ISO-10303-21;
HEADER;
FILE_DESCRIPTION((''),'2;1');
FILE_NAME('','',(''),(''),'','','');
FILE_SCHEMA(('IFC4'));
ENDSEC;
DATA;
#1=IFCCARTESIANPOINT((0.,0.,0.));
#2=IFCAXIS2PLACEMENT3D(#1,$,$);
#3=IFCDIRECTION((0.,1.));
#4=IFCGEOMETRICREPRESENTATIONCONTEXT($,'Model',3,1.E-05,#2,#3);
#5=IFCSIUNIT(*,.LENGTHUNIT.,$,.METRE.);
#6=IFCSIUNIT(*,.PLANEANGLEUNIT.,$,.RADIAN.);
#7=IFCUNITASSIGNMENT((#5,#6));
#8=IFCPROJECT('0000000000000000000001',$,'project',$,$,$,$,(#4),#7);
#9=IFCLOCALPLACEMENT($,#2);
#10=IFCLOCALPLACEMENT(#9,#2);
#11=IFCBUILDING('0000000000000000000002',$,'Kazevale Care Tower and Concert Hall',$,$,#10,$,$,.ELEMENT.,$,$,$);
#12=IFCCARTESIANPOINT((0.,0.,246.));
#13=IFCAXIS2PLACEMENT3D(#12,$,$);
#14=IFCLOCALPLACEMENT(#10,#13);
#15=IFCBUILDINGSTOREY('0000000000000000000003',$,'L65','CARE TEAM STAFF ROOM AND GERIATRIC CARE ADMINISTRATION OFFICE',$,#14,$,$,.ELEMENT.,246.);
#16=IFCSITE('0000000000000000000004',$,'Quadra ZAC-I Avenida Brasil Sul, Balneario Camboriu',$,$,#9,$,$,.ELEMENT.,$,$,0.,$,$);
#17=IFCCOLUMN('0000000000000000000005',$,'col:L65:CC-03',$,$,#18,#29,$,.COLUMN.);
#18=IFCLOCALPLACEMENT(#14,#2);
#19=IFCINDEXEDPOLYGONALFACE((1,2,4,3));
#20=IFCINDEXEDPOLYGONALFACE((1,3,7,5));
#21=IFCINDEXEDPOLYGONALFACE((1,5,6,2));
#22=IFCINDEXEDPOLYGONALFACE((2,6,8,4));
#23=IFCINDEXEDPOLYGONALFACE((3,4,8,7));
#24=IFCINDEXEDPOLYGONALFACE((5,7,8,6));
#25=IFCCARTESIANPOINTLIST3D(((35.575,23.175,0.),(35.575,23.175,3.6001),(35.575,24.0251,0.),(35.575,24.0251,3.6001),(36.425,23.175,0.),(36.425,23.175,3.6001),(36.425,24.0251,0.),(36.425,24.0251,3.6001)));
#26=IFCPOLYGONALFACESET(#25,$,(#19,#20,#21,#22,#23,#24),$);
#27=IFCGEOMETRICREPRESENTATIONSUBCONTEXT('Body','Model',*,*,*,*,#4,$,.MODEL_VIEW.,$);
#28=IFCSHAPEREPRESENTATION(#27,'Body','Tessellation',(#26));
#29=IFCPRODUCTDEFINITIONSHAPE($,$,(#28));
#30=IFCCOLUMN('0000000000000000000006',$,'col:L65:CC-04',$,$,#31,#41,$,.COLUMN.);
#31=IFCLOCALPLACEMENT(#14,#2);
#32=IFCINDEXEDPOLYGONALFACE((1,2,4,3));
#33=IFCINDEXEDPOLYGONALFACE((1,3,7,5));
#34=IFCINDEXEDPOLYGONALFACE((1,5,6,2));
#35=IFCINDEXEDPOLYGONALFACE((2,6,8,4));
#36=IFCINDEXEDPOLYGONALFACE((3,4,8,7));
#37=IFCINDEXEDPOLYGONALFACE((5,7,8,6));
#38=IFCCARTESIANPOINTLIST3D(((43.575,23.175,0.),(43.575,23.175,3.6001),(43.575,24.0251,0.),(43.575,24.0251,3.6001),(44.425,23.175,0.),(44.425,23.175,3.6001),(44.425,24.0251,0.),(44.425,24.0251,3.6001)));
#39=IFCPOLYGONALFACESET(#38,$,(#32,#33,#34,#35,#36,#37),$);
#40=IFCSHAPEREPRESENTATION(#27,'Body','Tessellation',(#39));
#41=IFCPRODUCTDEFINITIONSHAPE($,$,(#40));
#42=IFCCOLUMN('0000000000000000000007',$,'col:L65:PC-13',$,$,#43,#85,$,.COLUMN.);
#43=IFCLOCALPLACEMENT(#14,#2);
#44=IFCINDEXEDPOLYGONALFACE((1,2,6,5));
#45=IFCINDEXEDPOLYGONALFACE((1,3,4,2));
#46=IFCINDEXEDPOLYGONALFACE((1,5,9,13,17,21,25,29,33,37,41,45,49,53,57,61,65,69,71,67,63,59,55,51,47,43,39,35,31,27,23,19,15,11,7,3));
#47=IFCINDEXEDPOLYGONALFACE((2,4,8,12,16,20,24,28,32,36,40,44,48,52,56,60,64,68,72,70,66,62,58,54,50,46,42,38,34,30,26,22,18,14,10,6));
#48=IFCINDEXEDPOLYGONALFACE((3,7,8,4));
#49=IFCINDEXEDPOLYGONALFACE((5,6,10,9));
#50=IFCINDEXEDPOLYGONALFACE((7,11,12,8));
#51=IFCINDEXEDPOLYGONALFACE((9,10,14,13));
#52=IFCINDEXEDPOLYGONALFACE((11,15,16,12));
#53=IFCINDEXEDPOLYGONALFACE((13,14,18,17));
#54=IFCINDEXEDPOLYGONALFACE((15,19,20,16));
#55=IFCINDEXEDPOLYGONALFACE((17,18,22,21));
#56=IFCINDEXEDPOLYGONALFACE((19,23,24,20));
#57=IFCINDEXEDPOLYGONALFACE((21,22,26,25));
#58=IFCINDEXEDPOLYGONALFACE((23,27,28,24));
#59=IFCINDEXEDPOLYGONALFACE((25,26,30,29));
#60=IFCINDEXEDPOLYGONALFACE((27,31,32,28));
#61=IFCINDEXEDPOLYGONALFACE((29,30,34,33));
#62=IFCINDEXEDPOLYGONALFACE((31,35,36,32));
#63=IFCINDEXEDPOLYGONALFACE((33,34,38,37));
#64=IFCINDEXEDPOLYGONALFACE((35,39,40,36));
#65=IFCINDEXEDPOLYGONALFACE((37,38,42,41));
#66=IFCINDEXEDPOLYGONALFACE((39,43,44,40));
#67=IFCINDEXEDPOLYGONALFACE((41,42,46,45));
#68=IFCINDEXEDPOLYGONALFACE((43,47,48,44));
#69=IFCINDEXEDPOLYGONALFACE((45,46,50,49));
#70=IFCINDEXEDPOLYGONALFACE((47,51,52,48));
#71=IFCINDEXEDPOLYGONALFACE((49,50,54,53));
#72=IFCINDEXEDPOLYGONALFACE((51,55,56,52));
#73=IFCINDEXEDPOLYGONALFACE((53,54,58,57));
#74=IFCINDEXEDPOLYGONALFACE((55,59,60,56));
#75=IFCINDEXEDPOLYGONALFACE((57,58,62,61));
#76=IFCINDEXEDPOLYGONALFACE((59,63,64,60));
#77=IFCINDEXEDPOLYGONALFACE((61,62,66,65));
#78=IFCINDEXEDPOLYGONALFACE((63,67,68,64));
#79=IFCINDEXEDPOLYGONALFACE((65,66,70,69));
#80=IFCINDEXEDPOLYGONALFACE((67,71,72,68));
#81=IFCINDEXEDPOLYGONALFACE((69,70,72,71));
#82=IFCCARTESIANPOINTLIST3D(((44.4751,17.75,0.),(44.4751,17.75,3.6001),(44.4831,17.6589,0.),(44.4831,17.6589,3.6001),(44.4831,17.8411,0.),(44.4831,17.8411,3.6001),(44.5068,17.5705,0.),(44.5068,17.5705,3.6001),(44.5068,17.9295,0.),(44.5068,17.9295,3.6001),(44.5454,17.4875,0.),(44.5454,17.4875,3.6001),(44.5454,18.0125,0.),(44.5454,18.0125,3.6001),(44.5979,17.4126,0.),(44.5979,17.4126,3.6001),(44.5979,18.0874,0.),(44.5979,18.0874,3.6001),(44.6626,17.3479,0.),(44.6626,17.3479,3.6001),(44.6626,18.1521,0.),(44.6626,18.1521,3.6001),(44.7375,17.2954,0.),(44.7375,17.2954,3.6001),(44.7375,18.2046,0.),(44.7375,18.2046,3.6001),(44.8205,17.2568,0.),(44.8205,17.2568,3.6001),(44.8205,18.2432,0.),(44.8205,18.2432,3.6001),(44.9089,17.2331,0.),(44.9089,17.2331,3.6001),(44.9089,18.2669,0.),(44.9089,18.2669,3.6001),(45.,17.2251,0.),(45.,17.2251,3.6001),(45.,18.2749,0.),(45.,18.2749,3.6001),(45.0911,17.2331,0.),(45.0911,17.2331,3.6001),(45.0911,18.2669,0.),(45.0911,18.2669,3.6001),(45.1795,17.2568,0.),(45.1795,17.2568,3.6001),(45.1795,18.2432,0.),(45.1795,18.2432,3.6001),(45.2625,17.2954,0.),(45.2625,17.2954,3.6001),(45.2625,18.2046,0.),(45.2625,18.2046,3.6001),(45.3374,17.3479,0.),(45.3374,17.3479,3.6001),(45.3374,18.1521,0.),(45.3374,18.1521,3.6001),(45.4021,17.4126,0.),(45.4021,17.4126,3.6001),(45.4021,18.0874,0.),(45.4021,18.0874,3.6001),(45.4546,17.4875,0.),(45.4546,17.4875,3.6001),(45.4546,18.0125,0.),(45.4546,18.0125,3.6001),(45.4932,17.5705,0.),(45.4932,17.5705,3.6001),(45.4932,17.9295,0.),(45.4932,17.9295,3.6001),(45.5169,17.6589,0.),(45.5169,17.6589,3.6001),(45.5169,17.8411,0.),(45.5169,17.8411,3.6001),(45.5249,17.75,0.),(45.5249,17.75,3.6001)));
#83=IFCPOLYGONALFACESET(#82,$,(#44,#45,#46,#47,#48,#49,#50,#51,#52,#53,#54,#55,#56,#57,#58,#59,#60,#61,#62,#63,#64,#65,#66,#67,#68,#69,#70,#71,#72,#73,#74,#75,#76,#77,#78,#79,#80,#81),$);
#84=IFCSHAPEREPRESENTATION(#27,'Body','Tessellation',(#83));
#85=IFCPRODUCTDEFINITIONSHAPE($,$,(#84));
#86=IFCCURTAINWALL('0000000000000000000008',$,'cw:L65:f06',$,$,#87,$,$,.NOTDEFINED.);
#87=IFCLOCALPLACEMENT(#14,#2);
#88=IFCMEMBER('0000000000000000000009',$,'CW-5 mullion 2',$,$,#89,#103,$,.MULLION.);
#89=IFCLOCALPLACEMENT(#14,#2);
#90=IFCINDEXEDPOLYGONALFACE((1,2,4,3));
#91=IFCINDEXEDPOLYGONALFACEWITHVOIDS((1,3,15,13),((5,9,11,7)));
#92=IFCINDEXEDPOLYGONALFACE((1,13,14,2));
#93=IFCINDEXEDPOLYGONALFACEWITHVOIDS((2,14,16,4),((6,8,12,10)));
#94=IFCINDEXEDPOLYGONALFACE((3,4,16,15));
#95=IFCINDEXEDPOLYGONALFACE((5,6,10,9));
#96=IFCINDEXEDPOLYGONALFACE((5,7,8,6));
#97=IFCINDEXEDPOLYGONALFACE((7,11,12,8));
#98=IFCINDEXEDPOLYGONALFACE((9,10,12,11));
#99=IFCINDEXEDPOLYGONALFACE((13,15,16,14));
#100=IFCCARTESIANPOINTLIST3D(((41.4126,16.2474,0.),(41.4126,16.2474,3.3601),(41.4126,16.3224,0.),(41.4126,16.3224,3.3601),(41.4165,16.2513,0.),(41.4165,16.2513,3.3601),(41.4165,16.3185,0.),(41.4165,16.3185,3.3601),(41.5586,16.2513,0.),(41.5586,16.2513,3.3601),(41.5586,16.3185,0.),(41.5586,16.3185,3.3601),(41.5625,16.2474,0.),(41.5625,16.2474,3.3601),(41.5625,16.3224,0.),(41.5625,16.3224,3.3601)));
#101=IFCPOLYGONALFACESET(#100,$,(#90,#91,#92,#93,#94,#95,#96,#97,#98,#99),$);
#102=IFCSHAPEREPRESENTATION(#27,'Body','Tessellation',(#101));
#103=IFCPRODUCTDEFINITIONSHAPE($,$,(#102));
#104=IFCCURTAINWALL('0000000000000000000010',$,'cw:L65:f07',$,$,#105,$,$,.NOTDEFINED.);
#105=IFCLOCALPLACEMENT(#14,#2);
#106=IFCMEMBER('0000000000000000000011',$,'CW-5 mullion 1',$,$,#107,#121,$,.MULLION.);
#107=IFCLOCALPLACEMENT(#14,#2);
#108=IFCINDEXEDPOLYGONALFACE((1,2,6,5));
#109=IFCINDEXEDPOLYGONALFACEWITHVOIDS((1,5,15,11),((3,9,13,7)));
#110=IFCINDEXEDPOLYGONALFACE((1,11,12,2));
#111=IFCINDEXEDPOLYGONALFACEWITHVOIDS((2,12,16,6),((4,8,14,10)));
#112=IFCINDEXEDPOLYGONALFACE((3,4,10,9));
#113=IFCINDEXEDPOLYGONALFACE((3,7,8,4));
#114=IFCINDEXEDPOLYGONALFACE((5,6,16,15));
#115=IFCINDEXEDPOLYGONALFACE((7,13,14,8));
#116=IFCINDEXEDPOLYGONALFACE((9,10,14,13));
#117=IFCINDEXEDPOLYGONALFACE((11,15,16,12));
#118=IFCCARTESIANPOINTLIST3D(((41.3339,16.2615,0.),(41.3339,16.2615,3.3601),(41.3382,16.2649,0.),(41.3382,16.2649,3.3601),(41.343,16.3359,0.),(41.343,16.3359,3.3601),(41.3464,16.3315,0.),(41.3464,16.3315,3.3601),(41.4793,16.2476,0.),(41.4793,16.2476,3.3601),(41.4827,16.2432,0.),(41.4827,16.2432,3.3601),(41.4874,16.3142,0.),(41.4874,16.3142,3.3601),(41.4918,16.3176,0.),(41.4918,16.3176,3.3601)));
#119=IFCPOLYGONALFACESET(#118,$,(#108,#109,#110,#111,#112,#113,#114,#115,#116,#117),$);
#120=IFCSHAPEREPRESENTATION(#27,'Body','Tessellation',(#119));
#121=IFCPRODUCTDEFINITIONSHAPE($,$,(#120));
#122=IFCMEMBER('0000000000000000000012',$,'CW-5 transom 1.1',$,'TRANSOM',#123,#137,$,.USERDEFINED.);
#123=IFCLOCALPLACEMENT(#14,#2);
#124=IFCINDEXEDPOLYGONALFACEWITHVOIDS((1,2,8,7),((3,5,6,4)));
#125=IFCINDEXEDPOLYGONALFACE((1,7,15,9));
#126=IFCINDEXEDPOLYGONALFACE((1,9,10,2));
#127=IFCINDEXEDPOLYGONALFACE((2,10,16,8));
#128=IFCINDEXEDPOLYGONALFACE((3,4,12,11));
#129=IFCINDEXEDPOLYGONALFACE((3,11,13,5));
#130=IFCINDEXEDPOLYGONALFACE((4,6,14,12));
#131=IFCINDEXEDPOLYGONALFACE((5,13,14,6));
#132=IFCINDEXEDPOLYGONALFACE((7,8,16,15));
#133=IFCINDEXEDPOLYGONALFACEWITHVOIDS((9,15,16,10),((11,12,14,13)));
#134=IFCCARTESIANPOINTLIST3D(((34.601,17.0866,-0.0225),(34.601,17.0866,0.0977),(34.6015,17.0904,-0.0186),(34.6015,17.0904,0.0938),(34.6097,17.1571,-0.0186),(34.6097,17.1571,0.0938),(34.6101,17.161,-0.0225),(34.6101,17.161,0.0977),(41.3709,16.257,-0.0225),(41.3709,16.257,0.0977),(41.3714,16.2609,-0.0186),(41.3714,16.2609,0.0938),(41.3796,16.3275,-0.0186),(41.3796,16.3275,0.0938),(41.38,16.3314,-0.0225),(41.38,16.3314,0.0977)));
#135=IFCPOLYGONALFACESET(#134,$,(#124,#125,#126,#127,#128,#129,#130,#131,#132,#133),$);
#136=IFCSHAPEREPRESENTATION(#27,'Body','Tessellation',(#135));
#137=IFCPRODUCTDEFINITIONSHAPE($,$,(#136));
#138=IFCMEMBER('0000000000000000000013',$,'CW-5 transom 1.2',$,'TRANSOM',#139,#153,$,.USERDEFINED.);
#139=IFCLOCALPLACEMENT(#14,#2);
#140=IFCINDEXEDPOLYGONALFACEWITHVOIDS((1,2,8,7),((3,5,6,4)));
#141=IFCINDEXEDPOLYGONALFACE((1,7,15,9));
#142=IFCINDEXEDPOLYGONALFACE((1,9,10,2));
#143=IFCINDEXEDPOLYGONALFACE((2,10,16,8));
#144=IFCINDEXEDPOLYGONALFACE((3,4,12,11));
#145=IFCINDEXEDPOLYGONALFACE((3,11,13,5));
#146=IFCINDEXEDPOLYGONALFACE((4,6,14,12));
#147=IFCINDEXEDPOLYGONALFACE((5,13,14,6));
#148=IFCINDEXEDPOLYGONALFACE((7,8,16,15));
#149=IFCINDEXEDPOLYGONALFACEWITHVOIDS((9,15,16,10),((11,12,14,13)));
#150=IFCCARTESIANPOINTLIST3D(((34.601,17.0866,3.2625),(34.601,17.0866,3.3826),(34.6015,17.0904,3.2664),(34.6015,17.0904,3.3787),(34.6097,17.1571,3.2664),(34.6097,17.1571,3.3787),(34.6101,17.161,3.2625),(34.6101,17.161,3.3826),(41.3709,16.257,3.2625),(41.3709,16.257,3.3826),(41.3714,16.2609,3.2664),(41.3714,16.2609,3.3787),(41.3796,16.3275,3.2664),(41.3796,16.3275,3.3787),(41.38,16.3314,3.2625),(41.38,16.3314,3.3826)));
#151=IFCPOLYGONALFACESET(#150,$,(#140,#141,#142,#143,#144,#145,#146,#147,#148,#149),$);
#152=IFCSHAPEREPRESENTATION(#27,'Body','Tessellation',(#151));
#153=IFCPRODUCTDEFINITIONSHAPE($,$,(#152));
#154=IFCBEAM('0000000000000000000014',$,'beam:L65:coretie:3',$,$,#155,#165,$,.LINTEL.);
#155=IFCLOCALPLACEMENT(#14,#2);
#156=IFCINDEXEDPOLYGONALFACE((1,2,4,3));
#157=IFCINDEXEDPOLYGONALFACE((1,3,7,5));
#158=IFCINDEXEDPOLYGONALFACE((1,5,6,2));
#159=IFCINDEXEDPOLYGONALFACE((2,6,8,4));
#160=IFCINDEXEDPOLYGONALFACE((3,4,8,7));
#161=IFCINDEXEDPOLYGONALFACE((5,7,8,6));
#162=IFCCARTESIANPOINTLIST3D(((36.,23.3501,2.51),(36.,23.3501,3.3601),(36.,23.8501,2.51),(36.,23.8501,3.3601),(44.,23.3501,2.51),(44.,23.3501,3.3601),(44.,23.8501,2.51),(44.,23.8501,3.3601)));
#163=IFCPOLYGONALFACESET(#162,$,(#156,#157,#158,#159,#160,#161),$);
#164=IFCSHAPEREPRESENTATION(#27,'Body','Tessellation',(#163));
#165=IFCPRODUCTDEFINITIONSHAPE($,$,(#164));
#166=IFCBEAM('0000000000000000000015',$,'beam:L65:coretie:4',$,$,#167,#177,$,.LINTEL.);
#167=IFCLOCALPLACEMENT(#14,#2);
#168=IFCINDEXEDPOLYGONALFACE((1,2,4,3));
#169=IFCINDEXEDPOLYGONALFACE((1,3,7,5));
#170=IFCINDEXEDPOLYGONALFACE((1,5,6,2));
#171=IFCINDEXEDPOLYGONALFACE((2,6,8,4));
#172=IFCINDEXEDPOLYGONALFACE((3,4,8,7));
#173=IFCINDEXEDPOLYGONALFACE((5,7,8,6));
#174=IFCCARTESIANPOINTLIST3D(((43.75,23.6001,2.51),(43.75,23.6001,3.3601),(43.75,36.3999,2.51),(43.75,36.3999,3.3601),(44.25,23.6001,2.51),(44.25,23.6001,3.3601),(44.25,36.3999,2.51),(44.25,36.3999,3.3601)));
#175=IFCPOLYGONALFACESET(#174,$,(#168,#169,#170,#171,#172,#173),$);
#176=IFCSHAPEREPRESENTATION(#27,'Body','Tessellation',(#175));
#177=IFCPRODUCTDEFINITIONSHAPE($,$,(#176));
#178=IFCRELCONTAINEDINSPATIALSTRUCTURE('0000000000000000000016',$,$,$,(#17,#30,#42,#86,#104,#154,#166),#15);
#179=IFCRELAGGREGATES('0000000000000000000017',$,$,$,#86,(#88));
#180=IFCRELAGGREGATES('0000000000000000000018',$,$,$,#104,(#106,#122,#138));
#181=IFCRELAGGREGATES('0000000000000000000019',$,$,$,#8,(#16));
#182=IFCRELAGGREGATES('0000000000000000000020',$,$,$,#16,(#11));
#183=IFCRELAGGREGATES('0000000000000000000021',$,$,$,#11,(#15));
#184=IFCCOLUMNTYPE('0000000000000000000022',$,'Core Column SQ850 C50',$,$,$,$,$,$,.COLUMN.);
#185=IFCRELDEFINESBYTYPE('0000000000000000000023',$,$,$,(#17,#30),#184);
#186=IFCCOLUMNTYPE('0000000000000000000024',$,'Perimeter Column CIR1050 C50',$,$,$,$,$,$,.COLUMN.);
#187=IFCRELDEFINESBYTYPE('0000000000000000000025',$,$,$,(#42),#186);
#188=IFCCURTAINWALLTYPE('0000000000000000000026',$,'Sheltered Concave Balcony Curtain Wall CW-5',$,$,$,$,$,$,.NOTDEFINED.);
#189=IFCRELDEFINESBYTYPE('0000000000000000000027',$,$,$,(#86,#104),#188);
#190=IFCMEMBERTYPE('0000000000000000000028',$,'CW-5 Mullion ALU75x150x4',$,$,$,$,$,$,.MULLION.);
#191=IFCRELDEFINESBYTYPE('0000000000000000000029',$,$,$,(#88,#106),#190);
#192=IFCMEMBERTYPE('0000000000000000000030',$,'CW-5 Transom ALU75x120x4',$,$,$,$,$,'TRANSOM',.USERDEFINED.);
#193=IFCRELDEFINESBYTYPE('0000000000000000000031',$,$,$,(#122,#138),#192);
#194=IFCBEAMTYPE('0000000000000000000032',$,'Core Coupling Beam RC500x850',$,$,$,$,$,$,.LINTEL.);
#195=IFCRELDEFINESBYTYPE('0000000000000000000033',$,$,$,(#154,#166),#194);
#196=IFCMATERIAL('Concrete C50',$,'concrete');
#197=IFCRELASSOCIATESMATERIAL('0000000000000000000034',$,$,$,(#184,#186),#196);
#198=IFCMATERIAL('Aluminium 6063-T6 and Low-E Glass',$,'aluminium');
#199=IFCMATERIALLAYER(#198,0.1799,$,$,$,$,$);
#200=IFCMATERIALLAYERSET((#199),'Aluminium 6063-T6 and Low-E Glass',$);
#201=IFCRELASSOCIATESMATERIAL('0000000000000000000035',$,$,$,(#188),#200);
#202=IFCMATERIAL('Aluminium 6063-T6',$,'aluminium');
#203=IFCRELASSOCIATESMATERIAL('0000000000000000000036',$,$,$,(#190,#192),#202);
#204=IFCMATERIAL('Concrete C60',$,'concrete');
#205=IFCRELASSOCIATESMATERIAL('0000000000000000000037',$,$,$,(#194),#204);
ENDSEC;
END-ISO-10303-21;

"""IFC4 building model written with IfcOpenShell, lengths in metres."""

from ifc_helpers import new_model, si_unit, direction, frame, origin, origin_2d, place, context, subcontext, project, spatial, rectangle, hollow_rectangle, circle, extrude, material, layer, layer_set, material_profile, profile_set, type_object, element, aggregate, save


model = new_model("IFC4")

# Units and contexts
model_context = context("Model", 3, precision=1e-05, world=origin(), true_north=direction((0.0, 1.0)))
body_context = subcontext(model_context, "Body", "Model", "MODEL_VIEW")
ifc_project = project(units=[si_unit("LENGTHUNIT", "METRE"), si_unit("PLANEANGLEUNIT", "RADIAN")], contexts=[model_context])

# Site, building, storey
site_placement = place(None, origin())
site = spatial("IfcSite", under=ifc_project, at=site_placement, Name="Quadra ZAC-I Avenida Brasil Sul, Balneario Camboriu", CompositionType="ELEMENT", RefElevation=0.0)
building_placement = place(site_placement, origin())
building = spatial("IfcBuilding", under=site, at=building_placement, Name="Kazevale Care Tower and Concert Hall", CompositionType="ELEMENT")
storey_placement = place(building_placement, frame((0.0, 0.0, 246.0)))
storey = spatial("IfcBuildingStorey", under=building, at=storey_placement, Name="L65", Description="CARE TEAM STAFF ROOM AND GERIATRIC CARE ADMINISTRATION OFFICE", CompositionType="ELEMENT", Elevation=246.0)

# Columns
ifc_material_1 = material(Name="Concrete C50", Category="concrete")
ifc_material_profile_1 = material_profile(ifc_material_1, rectangle(XDim=0.8501, YDim=0.8501, at=origin_2d()), Name="RC-SQ850")
ifc_profile_set_1 = profile_set([ifc_material_profile_1], Name="Concrete C50")
column_type_1 = type_object("IfcColumnType", Name="Core Column SQ850 C50", PredefinedType="COLUMN", material=ifc_profile_set_1)
for number, where, z_axis, x_axis, name in (
    (1, (36.0, 23.6001, 0.0), (0.0, 0.0, 1.0), (1.0, 0.0, 0.0), "col:L65:CC-03"),
    (2, (44.0, 23.6001, 0.0), (0.0, 0.0, 1.0), (1.0, 0.0, 0.0), "col:L65:CC-04"),
):
    element("IfcColumn", number, at=place(storey_placement, frame(where, z_axis=z_axis, x_axis=x_axis)), inside=storey, type_object=column_type_1, Name=name, PredefinedType="COLUMN", context=body_context, shape_type="SweptSolid", body=[
        extrude(rectangle(XDim=0.8501, YDim=0.8501, at=origin_2d()), origin(), (0.0, 0.0, 1.0), 3.6001),
    ])
ifc_material_profile_2 = material_profile(ifc_material_1, circle(Radius=0.5249, at=origin_2d()), Name="RC-CIR1050")
ifc_profile_set_2 = profile_set([ifc_material_profile_2], Name="Concrete C50")
column_type_2 = type_object("IfcColumnType", Name="Perimeter Column CIR1050 C50", PredefinedType="COLUMN", material=ifc_profile_set_2)
column_placement = place(storey_placement, frame((45.0, 17.75, 0.0), z_axis=(0.0, 0.0, 1.0), x_axis=(1.0, 0.0, 0.0)))
element("IfcColumn", 3, at=column_placement, inside=storey, type_object=column_type_2, Name="col:L65:PC-13", PredefinedType="COLUMN", context=body_context, shape_type="SweptSolid", body=[
    extrude(circle(Radius=0.5249, at=origin_2d()), origin(), (0.0, 0.0, 1.0), 3.6001),
])

# Curtain wall, member
ifc_material_2 = material(Name="Aluminium 6063-T6 and Low-E Glass", Category="aluminium")
ifc_layer_1 = layer(ifc_material_2, 0.1799)
ifc_layer_set_1 = layer_set([ifc_layer_1], Name="Aluminium 6063-T6 and Low-E Glass")
curtain_wall_type = type_object("IfcCurtainWallType", Name="Sheltered Concave Balcony Curtain Wall CW-5", PredefinedType="NOTDEFINED", material=ifc_layer_set_1)
curtain_wall_1_placement = place(storey_placement, origin())
curtain_wall_1 = element("IfcCurtainWall", 4, at=curtain_wall_1_placement, inside=storey, type_object=curtain_wall_type, Name="cw:L65:f06", PredefinedType="NOTDEFINED")
ifc_material_3 = material(Name="Aluminium 6063-T6", Category="aluminium")
ifc_material_profile_3 = material_profile(ifc_material_3, hollow_rectangle(XDim=0.075, YDim=0.1499, WallThickness=0.0039, at=origin_2d()), Name="ALU75x150x4")
ifc_profile_set_3 = profile_set([ifc_material_profile_3], Name="Aluminium 6063-T6")
member_type_1 = type_object("IfcMemberType", Name="CW-5 Mullion ALU75x150x4", PredefinedType="MULLION", material=ifc_profile_set_3)
member_1_placement = place(storey_placement, frame((41.4875, 16.2849, 0.0), z_axis=(0.0, 0.0, 1.0), x_axis=(0.0, -1.0, 0.0)))
member_1 = element("IfcMember", 5, at=member_1_placement, type_object=member_type_1, Name="CW-5 mullion 2", PredefinedType="MULLION", context=body_context, shape_type="SweptSolid", body=[
    extrude(hollow_rectangle(XDim=0.075, YDim=0.1499, WallThickness=0.0039, at=origin_2d()), origin(), (0.0, 0.0, 1.0), 3.3601),
])

# Curtain wall, members
curtain_wall_2_placement = place(storey_placement, origin())
curtain_wall_2 = element("IfcCurtainWall", 6, at=curtain_wall_2_placement, inside=storey, type_object=curtain_wall_type, Name="cw:L65:f07", PredefinedType="NOTDEFINED")
member_2_placement = place(storey_placement, frame((41.4128, 16.2896, 0.0), z_axis=(0.0, 0.0, 1.0), x_axis=(-0.121651, -0.992573, 0.0)))
member_2 = element("IfcMember", 7, at=member_2_placement, type_object=member_type_1, Name="CW-5 mullion 1", PredefinedType="MULLION", context=body_context, shape_type="SweptSolid", body=[
    extrude(hollow_rectangle(XDim=0.075, YDim=0.1499, WallThickness=0.0039, at=origin_2d()), origin(), (0.0, 0.0, 1.0), 3.3601),
])
ifc_material_profile_4 = material_profile(ifc_material_3, hollow_rectangle(XDim=0.075, YDim=0.1201, WallThickness=0.0039, at=origin_2d()), Name="ALU75x120x4")
ifc_profile_set_4 = profile_set([ifc_material_profile_4], Name="Aluminium 6063-T6")
member_type_2 = type_object("IfcMemberType", Name="CW-5 Transom ALU75x120x4", ElementType="TRANSOM", PredefinedType="USERDEFINED", material=ifc_profile_set_4)
member_3_placement = place(storey_placement, frame((41.3755, 16.2942, 0.0376), z_axis=(-0.992576, 0.121629, 0.0), x_axis=(-0.121629, -0.992576, 0.0)))
member_3 = element("IfcMember", 8, at=member_3_placement, type_object=member_type_2, Name="CW-5 transom 1.1", ObjectType="TRANSOM", PredefinedType="USERDEFINED", context=body_context, shape_type="SweptSolid", body=[
    extrude(hollow_rectangle(XDim=0.075, YDim=0.1201, WallThickness=0.0039, at=origin_2d()), origin(), (0.0, 0.0, 1.0), 6.8206),
])
member_4_placement = place(storey_placement, frame((41.3755, 16.2942, 3.3225), z_axis=(-0.992576, 0.121629, 0.0), x_axis=(-0.121629, -0.992576, 0.0)))
member_4 = element("IfcMember", 9, at=member_4_placement, type_object=member_type_2, Name="CW-5 transom 1.2", ObjectType="TRANSOM", PredefinedType="USERDEFINED", context=body_context, shape_type="SweptSolid", body=[
    extrude(hollow_rectangle(XDim=0.075, YDim=0.1201, WallThickness=0.0039, at=origin_2d()), origin(), (0.0, 0.0, 1.0), 6.8206),
])

# Beams
ifc_material_4 = material(Name="Concrete C60", Category="concrete")
ifc_material_profile_5 = material_profile(ifc_material_4, rectangle(XDim=0.5, YDim=0.8501, at=origin_2d()), Name="RC-B500x850")
ifc_profile_set_5 = profile_set([ifc_material_profile_5], Name="Concrete C60")
beam_type_1 = type_object("IfcBeamType", Name="Core Coupling Beam RC500x850", PredefinedType="LINTEL", material=ifc_profile_set_5)
beam_1_placement = place(storey_placement, frame((36.0, 23.6001, 2.9351), z_axis=(1.0, 0.0, 0.0), x_axis=(0.0, 1.0, 0.0)))
element("IfcBeam", 10, at=beam_1_placement, inside=storey, type_object=beam_type_1, Name="beam:L65:coretie:3", PredefinedType="LINTEL", context=body_context, shape_type="SweptSolid", body=[
    extrude(rectangle(XDim=0.5, YDim=0.8501, at=origin_2d()), origin(), (0.0, 0.0, 1.0), 8.0),
])
beam_2_placement = place(storey_placement, frame((44.0, 23.6001, 2.9351), z_axis=(0.0, 1.0, 0.0), x_axis=(-1.0, 0.0, 0.0)))
element("IfcBeam", 11, at=beam_2_placement, inside=storey, type_object=beam_type_1, Name="beam:L65:coretie:4", PredefinedType="LINTEL", context=body_context, shape_type="SweptSolid", body=[
    extrude(rectangle(XDim=0.5, YDim=0.8501, at=origin_2d()), origin(), (0.0, 0.0, 1.0), 12.7998),
])

aggregate(curtain_wall_1, [member_1])
aggregate(curtain_wall_2, [member_2, member_3, member_4])

save(model, "model.ifc")
